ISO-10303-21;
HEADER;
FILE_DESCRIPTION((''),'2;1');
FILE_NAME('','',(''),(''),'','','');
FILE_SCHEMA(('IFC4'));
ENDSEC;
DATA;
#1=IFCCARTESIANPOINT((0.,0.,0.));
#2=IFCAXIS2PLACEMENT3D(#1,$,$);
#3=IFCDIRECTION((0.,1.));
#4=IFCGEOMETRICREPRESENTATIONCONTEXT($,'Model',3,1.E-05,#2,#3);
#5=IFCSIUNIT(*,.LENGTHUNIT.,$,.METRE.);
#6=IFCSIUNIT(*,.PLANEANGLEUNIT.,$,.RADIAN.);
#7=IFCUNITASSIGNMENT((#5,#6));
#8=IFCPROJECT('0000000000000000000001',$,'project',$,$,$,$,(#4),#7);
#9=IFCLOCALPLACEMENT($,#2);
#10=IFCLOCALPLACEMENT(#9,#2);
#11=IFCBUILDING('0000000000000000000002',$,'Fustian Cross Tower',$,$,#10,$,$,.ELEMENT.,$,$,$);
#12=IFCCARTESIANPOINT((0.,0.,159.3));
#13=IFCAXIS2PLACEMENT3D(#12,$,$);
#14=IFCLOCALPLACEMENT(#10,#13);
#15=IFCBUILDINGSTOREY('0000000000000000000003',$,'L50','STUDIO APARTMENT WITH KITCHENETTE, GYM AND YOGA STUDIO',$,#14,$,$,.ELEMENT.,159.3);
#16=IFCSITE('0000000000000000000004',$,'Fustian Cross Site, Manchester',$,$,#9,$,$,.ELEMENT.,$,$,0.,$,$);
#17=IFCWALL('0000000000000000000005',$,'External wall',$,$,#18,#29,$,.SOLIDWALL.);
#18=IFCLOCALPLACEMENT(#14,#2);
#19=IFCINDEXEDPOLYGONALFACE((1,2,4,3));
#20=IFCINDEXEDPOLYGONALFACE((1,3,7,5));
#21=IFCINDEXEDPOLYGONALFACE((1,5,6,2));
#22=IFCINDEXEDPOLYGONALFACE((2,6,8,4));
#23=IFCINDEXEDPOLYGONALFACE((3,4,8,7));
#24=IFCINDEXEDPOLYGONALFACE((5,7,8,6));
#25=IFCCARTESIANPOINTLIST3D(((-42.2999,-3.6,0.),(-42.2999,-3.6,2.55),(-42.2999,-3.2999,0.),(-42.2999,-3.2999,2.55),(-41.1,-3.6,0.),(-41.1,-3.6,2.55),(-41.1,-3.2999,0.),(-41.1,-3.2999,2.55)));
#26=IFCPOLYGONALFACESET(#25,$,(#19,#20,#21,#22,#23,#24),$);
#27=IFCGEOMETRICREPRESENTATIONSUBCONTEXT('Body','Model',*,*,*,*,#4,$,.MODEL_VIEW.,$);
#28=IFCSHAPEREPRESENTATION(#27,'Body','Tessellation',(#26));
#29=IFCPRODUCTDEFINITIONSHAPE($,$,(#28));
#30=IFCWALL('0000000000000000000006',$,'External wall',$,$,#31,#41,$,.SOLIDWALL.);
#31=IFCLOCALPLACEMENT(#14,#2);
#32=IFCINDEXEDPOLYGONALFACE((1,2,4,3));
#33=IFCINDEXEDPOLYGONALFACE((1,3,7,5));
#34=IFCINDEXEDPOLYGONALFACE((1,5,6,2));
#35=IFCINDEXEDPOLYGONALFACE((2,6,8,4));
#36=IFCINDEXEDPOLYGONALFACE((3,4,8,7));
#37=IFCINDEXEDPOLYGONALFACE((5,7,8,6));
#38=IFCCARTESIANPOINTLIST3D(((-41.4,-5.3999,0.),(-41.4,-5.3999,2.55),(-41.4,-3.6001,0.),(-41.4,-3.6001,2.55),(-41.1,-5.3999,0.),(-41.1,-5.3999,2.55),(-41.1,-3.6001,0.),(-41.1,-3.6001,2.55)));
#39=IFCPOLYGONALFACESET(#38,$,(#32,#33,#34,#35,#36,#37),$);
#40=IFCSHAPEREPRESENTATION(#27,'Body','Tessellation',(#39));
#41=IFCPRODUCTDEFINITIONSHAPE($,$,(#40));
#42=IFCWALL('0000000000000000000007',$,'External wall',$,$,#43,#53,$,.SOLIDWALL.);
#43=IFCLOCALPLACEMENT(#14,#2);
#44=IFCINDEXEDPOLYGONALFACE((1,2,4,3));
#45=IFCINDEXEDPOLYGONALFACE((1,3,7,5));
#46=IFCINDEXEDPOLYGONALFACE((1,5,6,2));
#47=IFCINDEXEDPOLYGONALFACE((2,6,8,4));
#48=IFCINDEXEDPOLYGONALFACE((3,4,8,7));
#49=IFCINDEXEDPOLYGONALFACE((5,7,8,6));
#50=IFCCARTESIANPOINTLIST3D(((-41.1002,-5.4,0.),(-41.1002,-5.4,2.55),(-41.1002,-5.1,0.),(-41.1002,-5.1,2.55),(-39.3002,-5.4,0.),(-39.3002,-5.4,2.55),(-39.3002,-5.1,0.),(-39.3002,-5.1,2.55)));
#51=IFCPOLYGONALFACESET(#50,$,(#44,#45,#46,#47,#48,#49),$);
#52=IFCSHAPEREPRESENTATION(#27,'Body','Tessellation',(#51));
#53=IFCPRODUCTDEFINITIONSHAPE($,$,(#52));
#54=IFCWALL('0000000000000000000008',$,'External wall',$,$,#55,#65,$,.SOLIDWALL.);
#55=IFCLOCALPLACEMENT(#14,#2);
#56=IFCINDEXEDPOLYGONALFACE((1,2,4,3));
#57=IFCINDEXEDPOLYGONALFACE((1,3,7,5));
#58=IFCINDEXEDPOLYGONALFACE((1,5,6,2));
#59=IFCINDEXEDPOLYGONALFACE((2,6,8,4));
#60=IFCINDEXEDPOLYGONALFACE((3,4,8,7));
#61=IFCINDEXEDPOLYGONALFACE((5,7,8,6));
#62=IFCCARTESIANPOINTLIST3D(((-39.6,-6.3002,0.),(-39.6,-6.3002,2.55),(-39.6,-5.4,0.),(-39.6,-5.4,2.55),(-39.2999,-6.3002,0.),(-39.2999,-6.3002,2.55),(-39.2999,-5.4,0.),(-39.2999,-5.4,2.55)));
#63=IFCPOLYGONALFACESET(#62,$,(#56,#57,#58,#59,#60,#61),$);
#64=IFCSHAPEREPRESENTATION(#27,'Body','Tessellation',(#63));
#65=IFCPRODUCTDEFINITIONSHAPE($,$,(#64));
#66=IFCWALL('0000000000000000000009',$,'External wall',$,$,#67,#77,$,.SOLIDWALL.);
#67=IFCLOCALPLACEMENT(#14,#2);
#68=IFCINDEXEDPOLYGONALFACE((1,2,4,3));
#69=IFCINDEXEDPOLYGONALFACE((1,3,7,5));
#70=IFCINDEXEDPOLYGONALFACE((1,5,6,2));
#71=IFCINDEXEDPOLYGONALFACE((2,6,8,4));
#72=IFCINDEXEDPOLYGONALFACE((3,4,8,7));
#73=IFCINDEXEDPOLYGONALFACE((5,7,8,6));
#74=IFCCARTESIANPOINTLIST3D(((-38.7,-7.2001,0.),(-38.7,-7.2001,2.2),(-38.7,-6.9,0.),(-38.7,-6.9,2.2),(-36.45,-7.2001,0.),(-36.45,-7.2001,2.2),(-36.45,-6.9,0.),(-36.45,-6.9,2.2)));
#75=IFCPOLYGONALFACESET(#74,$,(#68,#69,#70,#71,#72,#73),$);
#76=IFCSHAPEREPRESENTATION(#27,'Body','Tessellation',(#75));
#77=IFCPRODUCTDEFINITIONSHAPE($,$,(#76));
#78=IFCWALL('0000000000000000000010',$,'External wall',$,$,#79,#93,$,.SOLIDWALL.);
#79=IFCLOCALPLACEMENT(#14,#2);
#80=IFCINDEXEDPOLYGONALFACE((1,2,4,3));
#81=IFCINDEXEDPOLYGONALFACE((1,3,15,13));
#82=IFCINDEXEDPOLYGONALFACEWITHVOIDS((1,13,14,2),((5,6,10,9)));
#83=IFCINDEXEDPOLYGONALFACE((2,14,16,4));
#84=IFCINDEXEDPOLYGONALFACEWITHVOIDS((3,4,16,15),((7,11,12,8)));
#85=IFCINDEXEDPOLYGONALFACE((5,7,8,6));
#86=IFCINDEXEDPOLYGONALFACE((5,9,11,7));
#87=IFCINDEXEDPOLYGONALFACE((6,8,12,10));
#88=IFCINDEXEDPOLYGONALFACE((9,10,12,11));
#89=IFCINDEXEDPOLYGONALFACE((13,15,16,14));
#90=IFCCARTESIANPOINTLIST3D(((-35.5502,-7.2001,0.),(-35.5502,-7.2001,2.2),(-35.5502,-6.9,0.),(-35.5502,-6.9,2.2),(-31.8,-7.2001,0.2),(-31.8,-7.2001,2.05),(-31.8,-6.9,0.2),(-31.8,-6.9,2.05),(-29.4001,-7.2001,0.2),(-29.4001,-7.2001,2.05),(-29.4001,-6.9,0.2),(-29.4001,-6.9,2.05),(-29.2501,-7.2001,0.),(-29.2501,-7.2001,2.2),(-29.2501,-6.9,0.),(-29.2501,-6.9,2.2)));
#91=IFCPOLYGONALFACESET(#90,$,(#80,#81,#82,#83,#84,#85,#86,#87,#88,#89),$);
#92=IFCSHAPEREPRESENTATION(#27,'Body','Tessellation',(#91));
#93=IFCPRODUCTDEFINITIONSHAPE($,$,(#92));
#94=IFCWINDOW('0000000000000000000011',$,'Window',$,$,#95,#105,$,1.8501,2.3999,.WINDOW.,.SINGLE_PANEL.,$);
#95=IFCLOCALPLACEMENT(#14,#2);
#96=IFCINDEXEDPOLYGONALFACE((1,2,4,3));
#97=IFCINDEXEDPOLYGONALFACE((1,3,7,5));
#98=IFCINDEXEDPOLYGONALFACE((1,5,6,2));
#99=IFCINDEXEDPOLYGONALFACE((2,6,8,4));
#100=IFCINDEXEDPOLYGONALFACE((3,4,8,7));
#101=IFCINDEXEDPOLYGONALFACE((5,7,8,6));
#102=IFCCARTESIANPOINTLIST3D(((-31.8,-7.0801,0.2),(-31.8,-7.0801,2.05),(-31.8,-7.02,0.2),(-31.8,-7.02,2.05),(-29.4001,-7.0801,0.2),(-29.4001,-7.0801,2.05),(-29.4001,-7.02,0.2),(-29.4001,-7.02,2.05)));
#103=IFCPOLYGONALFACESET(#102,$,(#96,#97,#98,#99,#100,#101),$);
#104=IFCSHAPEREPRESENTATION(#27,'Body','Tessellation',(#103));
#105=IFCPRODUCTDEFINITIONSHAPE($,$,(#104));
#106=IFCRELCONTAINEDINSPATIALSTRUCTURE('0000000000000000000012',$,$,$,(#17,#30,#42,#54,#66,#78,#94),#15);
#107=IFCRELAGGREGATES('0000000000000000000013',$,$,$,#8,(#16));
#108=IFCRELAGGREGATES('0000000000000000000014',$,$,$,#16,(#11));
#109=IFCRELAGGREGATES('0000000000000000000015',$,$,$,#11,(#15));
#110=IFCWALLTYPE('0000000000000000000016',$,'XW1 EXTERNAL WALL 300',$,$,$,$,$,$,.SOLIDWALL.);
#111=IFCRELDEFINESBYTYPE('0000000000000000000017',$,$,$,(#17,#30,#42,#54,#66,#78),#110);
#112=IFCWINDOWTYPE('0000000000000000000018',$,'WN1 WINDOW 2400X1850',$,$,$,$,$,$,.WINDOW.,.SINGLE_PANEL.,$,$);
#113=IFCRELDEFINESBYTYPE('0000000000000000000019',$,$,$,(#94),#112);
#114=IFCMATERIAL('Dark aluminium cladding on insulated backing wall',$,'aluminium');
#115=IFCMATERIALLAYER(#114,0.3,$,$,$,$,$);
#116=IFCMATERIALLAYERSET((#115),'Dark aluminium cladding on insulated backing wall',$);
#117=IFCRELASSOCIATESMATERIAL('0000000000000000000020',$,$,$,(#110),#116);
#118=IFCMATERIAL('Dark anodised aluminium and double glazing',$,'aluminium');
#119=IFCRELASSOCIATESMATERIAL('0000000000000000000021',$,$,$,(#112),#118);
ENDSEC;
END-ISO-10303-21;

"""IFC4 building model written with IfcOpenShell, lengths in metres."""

from ifc_helpers import new_model, si_unit, direction, frame, frame_2d, origin, place, context, subcontext, project, spatial, rectangle, extrude, material, layer, layer_set, type_object, element, fill, save


model = new_model("IFC4")

# Units and contexts
model_context = context("Model", 3, precision=1e-05, world=origin(), true_north=direction((0.0, 1.0)))
body_context = subcontext(model_context, "Body", "Model", "MODEL_VIEW")
ifc_project = project(units=[si_unit("LENGTHUNIT", "METRE"), si_unit("PLANEANGLEUNIT", "RADIAN")], contexts=[model_context])

# Site, building, storey
site_placement = place(None, origin())
site = spatial("IfcSite", under=ifc_project, at=site_placement, Name="Fustian Cross Site, Manchester", CompositionType="ELEMENT", RefElevation=0.0)
building_placement = place(site_placement, origin())
building = spatial("IfcBuilding", under=site, at=building_placement, Name="Fustian Cross Tower", CompositionType="ELEMENT")
storey_placement = place(building_placement, frame((0.0, 0.0, 159.3)))
storey = spatial("IfcBuildingStorey", under=building, at=storey_placement, Name="L50", Description="STUDIO APARTMENT WITH KITCHENETTE, GYM AND YOGA STUDIO", CompositionType="ELEMENT", Elevation=159.3)

# Walls
ifc_material_1 = material(Name="Dark aluminium cladding on insulated backing wall", Category="aluminium")
ifc_layer_1 = layer(ifc_material_1, 0.3)
ifc_layer_set_1 = layer_set([ifc_layer_1], Name="Dark aluminium cladding on insulated backing wall")
wall_type_1 = type_object("IfcWallType", Name="XW1 EXTERNAL WALL 300", PredefinedType="SOLIDWALL", material=ifc_layer_set_1)
wall_1_placement = place(storey_placement, frame((-42.3, -3.45, 0.0), z_axis=(0.0, 0.0, 1.0), x_axis=(1.0, 0.0, 0.0)))
element("IfcWall", 1, at=wall_1_placement, inside=storey, type_object=wall_type_1, Name="External wall", PredefinedType="SOLIDWALL", context=body_context, shape_type="SweptSolid", body=[
    extrude(rectangle(XDim=1.2, YDim=0.3, at=frame_2d((0.6001, 0.0))), origin(), (0.0, 0.0, 1.0), 2.55),
])
wall_2_placement = place(storey_placement, frame((-41.25, -3.6001, 0.0), z_axis=(0.0, 0.0, 1.0), x_axis=(0.0, -1.0, 0.0)))
element("IfcWall", 2, at=wall_2_placement, inside=storey, type_object=wall_type_1, Name="External wall", PredefinedType="SOLIDWALL", context=body_context, shape_type="SweptSolid", body=[
    extrude(rectangle(XDim=1.7998, YDim=0.3, at=frame_2d((0.8999, 0.0))), origin(), (0.0, 0.0, 1.0), 2.55),
])
wall_3_placement = place(storey_placement, frame((-41.1001, -5.25, 0.0), z_axis=(0.0, 0.0, 1.0), x_axis=(1.0, 0.0, 0.0)))
element("IfcWall", 3, at=wall_3_placement, inside=storey, type_object=wall_type_1, Name="External wall", PredefinedType="SOLIDWALL", context=body_context, shape_type="SweptSolid", body=[
    extrude(rectangle(XDim=1.8, YDim=0.3, at=frame_2d((0.8999, 0.0))), origin(), (0.0, 0.0, 1.0), 2.55),
])
wall_4_placement = place(storey_placement, frame((-39.45, -5.3999, 0.0), z_axis=(0.0, 0.0, 1.0), x_axis=(0.0, -1.0, 0.0)))
element("IfcWall", 4, at=wall_4_placement, inside=storey, type_object=wall_type_1, Name="External wall", PredefinedType="SOLIDWALL", context=body_context, shape_type="SweptSolid", body=[
    extrude(rectangle(XDim=0.9001, YDim=0.3, at=frame_2d((0.4502, 0.0))), origin(), (0.0, 0.0, 1.0), 2.55),
])
wall_5_placement = place(storey_placement, frame((-38.7, -7.05, 0.0), z_axis=(0.0, 0.0, 1.0), x_axis=(1.0, 0.0, 0.0)))
element("IfcWall", 5, at=wall_5_placement, inside=storey, type_object=wall_type_1, Name="External wall", PredefinedType="SOLIDWALL", context=body_context, shape_type="SweptSolid", body=[
    extrude(rectangle(XDim=2.25, YDim=0.3, at=frame_2d((1.125, 0.0))), origin(), (0.0, 0.0, 1.0), 2.2),
])

# Wall, opening, window
wall_6_placement = place(storey_placement, frame((-35.55, -7.05, 0.0), z_axis=(0.0, 0.0, 1.0), x_axis=(1.0, 0.0, 0.0)))
wall_6 = element("IfcWall", 6, at=wall_6_placement, inside=storey, type_object=wall_type_1, Name="External wall", PredefinedType="SOLIDWALL", context=body_context, shape_type="SweptSolid", body=[
    extrude(rectangle(XDim=6.3, YDim=0.3, at=frame_2d((3.1499, 0.0))), origin(), (0.0, 0.0, 1.0), 2.2),
])
opening_1_placement = place(wall_6_placement, frame((3.75, 0.0, 0.2)))
opening_1 = element("IfcOpeningElement", 7, at=opening_1_placement, cuts=wall_6, PredefinedType="OPENING", context=body_context, shape_type="SweptSolid", body=[
    extrude(rectangle(XDim=2.3999, YDim=1.8501, at=frame_2d((1.2, 0.925))), frame((0.0, 0.1599, 0.0), z_axis=(0.0, -1.0, 0.0), x_axis=(1.0, 0.0, 0.0)), (0.0, 0.0, 1.0), 0.3201),
])
ifc_material_2 = material(Name="Dark anodised aluminium and double glazing", Category="aluminium")
window_type = type_object("IfcWindowType", Name="WN1 WINDOW 2400X1850", PartitioningType="SINGLE_PANEL", PredefinedType="WINDOW", material=ifc_material_2)
window_placement = place(opening_1_placement, origin())
window = element("IfcWindow", 8, at=window_placement, inside=storey, type_object=window_type, Name="Window", OverallHeight=1.8501, OverallWidth=2.3999, PartitioningType="SINGLE_PANEL", PredefinedType="WINDOW", context=body_context, shape_type="SweptSolid", body=[
    extrude(rectangle(XDim=2.3999, YDim=1.8501, at=frame_2d((1.2, 0.925))), frame((0.0, 0.03, 0.0), z_axis=(0.0, -1.0, 0.0), x_axis=(1.0, 0.0, 0.0)), (0.0, 0.0, 1.0), 0.0601),
])
fill(opening_1, window)

save(model, "model.ifc")
